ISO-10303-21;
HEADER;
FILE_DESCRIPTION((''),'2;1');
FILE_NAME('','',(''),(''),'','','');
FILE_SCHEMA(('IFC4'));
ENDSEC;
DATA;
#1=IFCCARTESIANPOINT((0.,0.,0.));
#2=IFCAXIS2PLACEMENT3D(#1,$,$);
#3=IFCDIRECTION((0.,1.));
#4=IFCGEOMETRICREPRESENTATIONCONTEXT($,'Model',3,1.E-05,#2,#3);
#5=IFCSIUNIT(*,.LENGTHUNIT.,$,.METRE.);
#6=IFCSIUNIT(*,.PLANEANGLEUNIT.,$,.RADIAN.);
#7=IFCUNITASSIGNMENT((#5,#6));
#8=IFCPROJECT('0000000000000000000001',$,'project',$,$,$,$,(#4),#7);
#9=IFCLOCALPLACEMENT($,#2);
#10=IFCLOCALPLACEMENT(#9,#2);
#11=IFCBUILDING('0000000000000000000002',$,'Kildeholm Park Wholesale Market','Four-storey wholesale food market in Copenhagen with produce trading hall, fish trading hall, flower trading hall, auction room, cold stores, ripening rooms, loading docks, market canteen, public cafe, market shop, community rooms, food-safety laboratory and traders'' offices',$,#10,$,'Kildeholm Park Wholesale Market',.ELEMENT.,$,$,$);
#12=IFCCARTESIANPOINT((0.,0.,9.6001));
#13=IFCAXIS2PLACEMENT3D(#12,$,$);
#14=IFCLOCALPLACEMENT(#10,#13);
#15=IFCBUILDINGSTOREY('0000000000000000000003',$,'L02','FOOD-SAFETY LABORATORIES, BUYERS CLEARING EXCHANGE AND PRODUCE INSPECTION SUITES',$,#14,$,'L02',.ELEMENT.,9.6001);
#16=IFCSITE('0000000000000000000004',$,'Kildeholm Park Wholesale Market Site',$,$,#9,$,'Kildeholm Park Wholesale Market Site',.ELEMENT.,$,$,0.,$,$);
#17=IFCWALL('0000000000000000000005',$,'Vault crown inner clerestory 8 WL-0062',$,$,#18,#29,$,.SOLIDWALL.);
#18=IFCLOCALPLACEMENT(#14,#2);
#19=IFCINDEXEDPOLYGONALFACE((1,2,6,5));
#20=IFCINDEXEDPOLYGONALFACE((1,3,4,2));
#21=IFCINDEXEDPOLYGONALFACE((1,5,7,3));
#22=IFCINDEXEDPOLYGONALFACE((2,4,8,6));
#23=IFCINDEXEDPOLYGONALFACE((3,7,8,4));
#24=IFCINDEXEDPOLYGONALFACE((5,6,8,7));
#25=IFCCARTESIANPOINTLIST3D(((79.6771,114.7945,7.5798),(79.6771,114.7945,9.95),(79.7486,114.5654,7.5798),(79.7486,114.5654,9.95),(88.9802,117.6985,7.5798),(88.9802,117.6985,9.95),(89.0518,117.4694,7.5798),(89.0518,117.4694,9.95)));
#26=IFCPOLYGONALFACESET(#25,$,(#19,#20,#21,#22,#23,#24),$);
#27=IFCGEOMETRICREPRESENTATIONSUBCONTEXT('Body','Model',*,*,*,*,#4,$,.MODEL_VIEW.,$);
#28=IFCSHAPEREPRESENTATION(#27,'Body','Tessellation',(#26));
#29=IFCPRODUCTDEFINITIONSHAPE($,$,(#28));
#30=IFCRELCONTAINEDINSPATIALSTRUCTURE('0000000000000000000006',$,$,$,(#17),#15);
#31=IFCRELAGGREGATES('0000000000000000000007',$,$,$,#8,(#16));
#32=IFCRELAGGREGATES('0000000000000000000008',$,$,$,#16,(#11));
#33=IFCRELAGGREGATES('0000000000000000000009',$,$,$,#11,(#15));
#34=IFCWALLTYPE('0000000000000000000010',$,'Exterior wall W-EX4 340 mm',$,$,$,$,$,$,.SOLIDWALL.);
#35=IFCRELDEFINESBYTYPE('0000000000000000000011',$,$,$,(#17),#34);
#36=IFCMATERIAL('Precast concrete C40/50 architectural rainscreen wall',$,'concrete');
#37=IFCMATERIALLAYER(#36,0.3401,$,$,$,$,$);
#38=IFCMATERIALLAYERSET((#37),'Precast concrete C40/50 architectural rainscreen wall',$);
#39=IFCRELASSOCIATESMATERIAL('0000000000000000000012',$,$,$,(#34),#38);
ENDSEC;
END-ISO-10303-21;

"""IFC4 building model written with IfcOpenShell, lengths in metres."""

from ifc_helpers import new_model, si_unit, direction, frame, frame_2d, origin, place, context, subcontext, project, spatial, rectangle, extrude, material, layer, layer_set, type_object, element, save


model = new_model("IFC4")

# Units and contexts
model_context = context("Model", 3, precision=1e-05, world=origin(), true_north=direction((0.0, 1.0)))
body_context = subcontext(model_context, "Body", "Model", "MODEL_VIEW")
ifc_project = project(units=[si_unit("LENGTHUNIT", "METRE"), si_unit("PLANEANGLEUNIT", "RADIAN")], contexts=[model_context])

# Site, building, storey
site_placement = place(None, origin())
site = spatial("IfcSite", under=ifc_project, at=site_placement, Name="Kildeholm Park Wholesale Market Site", LongName="Kildeholm Park Wholesale Market Site", CompositionType="ELEMENT", RefElevation=0.0)
building_placement = place(site_placement, origin())
building = spatial("IfcBuilding", under=site, at=building_placement, Name="Kildeholm Park Wholesale Market", Description="Four-storey wholesale food market in Copenhagen with produce trading hall, fish trading hall, flower trading hall, auction room, cold stores, ripening rooms, loading docks, market canteen, public cafe, market shop, community rooms, food-safety laboratory and traders' offices", LongName="Kildeholm Park Wholesale Market", CompositionType="ELEMENT")
storey_placement = place(building_placement, frame((0.0, 0.0, 9.6001)))
storey = spatial("IfcBuildingStorey", under=building, at=storey_placement, Name="L02", Description="FOOD-SAFETY LABORATORIES, BUYERS CLEARING EXCHANGE AND PRODUCE INSPECTION SUITES", LongName="L02", CompositionType="ELEMENT", Elevation=9.6001)

# Wall
ifc_material_1 = material(Name="Precast concrete C40/50 architectural rainscreen wall", Category="concrete")
ifc_layer_1 = layer(ifc_material_1, 0.3401)
ifc_layer_set_1 = layer_set([ifc_layer_1], Name="Precast concrete C40/50 architectural rainscreen wall")
wall_type = type_object("IfcWallType", Name="Exterior wall W-EX4 340 mm", PredefinedType="SOLIDWALL", material=ifc_layer_set_1)
wall_1_placement = place(storey_placement, frame((89.0161, 117.584, 7.5798), z_axis=(0.0, 0.0, 1.0), x_axis=(-0.954574, -0.297975, 0.0)))
element("IfcWall", 1, at=wall_1_placement, inside=storey, type_object=wall_type, Name="Vault crown inner clerestory 8 WL-0062", PredefinedType="SOLIDWALL", context=body_context, shape_type="SweptSolid", body=[
    extrude(rectangle(XDim=9.7458, YDim=0.24, at=frame_2d((4.873, 0.0))), origin(), (0.0, 0.0, 1.0), 2.3701),
])

save(model, "model.ifc")
